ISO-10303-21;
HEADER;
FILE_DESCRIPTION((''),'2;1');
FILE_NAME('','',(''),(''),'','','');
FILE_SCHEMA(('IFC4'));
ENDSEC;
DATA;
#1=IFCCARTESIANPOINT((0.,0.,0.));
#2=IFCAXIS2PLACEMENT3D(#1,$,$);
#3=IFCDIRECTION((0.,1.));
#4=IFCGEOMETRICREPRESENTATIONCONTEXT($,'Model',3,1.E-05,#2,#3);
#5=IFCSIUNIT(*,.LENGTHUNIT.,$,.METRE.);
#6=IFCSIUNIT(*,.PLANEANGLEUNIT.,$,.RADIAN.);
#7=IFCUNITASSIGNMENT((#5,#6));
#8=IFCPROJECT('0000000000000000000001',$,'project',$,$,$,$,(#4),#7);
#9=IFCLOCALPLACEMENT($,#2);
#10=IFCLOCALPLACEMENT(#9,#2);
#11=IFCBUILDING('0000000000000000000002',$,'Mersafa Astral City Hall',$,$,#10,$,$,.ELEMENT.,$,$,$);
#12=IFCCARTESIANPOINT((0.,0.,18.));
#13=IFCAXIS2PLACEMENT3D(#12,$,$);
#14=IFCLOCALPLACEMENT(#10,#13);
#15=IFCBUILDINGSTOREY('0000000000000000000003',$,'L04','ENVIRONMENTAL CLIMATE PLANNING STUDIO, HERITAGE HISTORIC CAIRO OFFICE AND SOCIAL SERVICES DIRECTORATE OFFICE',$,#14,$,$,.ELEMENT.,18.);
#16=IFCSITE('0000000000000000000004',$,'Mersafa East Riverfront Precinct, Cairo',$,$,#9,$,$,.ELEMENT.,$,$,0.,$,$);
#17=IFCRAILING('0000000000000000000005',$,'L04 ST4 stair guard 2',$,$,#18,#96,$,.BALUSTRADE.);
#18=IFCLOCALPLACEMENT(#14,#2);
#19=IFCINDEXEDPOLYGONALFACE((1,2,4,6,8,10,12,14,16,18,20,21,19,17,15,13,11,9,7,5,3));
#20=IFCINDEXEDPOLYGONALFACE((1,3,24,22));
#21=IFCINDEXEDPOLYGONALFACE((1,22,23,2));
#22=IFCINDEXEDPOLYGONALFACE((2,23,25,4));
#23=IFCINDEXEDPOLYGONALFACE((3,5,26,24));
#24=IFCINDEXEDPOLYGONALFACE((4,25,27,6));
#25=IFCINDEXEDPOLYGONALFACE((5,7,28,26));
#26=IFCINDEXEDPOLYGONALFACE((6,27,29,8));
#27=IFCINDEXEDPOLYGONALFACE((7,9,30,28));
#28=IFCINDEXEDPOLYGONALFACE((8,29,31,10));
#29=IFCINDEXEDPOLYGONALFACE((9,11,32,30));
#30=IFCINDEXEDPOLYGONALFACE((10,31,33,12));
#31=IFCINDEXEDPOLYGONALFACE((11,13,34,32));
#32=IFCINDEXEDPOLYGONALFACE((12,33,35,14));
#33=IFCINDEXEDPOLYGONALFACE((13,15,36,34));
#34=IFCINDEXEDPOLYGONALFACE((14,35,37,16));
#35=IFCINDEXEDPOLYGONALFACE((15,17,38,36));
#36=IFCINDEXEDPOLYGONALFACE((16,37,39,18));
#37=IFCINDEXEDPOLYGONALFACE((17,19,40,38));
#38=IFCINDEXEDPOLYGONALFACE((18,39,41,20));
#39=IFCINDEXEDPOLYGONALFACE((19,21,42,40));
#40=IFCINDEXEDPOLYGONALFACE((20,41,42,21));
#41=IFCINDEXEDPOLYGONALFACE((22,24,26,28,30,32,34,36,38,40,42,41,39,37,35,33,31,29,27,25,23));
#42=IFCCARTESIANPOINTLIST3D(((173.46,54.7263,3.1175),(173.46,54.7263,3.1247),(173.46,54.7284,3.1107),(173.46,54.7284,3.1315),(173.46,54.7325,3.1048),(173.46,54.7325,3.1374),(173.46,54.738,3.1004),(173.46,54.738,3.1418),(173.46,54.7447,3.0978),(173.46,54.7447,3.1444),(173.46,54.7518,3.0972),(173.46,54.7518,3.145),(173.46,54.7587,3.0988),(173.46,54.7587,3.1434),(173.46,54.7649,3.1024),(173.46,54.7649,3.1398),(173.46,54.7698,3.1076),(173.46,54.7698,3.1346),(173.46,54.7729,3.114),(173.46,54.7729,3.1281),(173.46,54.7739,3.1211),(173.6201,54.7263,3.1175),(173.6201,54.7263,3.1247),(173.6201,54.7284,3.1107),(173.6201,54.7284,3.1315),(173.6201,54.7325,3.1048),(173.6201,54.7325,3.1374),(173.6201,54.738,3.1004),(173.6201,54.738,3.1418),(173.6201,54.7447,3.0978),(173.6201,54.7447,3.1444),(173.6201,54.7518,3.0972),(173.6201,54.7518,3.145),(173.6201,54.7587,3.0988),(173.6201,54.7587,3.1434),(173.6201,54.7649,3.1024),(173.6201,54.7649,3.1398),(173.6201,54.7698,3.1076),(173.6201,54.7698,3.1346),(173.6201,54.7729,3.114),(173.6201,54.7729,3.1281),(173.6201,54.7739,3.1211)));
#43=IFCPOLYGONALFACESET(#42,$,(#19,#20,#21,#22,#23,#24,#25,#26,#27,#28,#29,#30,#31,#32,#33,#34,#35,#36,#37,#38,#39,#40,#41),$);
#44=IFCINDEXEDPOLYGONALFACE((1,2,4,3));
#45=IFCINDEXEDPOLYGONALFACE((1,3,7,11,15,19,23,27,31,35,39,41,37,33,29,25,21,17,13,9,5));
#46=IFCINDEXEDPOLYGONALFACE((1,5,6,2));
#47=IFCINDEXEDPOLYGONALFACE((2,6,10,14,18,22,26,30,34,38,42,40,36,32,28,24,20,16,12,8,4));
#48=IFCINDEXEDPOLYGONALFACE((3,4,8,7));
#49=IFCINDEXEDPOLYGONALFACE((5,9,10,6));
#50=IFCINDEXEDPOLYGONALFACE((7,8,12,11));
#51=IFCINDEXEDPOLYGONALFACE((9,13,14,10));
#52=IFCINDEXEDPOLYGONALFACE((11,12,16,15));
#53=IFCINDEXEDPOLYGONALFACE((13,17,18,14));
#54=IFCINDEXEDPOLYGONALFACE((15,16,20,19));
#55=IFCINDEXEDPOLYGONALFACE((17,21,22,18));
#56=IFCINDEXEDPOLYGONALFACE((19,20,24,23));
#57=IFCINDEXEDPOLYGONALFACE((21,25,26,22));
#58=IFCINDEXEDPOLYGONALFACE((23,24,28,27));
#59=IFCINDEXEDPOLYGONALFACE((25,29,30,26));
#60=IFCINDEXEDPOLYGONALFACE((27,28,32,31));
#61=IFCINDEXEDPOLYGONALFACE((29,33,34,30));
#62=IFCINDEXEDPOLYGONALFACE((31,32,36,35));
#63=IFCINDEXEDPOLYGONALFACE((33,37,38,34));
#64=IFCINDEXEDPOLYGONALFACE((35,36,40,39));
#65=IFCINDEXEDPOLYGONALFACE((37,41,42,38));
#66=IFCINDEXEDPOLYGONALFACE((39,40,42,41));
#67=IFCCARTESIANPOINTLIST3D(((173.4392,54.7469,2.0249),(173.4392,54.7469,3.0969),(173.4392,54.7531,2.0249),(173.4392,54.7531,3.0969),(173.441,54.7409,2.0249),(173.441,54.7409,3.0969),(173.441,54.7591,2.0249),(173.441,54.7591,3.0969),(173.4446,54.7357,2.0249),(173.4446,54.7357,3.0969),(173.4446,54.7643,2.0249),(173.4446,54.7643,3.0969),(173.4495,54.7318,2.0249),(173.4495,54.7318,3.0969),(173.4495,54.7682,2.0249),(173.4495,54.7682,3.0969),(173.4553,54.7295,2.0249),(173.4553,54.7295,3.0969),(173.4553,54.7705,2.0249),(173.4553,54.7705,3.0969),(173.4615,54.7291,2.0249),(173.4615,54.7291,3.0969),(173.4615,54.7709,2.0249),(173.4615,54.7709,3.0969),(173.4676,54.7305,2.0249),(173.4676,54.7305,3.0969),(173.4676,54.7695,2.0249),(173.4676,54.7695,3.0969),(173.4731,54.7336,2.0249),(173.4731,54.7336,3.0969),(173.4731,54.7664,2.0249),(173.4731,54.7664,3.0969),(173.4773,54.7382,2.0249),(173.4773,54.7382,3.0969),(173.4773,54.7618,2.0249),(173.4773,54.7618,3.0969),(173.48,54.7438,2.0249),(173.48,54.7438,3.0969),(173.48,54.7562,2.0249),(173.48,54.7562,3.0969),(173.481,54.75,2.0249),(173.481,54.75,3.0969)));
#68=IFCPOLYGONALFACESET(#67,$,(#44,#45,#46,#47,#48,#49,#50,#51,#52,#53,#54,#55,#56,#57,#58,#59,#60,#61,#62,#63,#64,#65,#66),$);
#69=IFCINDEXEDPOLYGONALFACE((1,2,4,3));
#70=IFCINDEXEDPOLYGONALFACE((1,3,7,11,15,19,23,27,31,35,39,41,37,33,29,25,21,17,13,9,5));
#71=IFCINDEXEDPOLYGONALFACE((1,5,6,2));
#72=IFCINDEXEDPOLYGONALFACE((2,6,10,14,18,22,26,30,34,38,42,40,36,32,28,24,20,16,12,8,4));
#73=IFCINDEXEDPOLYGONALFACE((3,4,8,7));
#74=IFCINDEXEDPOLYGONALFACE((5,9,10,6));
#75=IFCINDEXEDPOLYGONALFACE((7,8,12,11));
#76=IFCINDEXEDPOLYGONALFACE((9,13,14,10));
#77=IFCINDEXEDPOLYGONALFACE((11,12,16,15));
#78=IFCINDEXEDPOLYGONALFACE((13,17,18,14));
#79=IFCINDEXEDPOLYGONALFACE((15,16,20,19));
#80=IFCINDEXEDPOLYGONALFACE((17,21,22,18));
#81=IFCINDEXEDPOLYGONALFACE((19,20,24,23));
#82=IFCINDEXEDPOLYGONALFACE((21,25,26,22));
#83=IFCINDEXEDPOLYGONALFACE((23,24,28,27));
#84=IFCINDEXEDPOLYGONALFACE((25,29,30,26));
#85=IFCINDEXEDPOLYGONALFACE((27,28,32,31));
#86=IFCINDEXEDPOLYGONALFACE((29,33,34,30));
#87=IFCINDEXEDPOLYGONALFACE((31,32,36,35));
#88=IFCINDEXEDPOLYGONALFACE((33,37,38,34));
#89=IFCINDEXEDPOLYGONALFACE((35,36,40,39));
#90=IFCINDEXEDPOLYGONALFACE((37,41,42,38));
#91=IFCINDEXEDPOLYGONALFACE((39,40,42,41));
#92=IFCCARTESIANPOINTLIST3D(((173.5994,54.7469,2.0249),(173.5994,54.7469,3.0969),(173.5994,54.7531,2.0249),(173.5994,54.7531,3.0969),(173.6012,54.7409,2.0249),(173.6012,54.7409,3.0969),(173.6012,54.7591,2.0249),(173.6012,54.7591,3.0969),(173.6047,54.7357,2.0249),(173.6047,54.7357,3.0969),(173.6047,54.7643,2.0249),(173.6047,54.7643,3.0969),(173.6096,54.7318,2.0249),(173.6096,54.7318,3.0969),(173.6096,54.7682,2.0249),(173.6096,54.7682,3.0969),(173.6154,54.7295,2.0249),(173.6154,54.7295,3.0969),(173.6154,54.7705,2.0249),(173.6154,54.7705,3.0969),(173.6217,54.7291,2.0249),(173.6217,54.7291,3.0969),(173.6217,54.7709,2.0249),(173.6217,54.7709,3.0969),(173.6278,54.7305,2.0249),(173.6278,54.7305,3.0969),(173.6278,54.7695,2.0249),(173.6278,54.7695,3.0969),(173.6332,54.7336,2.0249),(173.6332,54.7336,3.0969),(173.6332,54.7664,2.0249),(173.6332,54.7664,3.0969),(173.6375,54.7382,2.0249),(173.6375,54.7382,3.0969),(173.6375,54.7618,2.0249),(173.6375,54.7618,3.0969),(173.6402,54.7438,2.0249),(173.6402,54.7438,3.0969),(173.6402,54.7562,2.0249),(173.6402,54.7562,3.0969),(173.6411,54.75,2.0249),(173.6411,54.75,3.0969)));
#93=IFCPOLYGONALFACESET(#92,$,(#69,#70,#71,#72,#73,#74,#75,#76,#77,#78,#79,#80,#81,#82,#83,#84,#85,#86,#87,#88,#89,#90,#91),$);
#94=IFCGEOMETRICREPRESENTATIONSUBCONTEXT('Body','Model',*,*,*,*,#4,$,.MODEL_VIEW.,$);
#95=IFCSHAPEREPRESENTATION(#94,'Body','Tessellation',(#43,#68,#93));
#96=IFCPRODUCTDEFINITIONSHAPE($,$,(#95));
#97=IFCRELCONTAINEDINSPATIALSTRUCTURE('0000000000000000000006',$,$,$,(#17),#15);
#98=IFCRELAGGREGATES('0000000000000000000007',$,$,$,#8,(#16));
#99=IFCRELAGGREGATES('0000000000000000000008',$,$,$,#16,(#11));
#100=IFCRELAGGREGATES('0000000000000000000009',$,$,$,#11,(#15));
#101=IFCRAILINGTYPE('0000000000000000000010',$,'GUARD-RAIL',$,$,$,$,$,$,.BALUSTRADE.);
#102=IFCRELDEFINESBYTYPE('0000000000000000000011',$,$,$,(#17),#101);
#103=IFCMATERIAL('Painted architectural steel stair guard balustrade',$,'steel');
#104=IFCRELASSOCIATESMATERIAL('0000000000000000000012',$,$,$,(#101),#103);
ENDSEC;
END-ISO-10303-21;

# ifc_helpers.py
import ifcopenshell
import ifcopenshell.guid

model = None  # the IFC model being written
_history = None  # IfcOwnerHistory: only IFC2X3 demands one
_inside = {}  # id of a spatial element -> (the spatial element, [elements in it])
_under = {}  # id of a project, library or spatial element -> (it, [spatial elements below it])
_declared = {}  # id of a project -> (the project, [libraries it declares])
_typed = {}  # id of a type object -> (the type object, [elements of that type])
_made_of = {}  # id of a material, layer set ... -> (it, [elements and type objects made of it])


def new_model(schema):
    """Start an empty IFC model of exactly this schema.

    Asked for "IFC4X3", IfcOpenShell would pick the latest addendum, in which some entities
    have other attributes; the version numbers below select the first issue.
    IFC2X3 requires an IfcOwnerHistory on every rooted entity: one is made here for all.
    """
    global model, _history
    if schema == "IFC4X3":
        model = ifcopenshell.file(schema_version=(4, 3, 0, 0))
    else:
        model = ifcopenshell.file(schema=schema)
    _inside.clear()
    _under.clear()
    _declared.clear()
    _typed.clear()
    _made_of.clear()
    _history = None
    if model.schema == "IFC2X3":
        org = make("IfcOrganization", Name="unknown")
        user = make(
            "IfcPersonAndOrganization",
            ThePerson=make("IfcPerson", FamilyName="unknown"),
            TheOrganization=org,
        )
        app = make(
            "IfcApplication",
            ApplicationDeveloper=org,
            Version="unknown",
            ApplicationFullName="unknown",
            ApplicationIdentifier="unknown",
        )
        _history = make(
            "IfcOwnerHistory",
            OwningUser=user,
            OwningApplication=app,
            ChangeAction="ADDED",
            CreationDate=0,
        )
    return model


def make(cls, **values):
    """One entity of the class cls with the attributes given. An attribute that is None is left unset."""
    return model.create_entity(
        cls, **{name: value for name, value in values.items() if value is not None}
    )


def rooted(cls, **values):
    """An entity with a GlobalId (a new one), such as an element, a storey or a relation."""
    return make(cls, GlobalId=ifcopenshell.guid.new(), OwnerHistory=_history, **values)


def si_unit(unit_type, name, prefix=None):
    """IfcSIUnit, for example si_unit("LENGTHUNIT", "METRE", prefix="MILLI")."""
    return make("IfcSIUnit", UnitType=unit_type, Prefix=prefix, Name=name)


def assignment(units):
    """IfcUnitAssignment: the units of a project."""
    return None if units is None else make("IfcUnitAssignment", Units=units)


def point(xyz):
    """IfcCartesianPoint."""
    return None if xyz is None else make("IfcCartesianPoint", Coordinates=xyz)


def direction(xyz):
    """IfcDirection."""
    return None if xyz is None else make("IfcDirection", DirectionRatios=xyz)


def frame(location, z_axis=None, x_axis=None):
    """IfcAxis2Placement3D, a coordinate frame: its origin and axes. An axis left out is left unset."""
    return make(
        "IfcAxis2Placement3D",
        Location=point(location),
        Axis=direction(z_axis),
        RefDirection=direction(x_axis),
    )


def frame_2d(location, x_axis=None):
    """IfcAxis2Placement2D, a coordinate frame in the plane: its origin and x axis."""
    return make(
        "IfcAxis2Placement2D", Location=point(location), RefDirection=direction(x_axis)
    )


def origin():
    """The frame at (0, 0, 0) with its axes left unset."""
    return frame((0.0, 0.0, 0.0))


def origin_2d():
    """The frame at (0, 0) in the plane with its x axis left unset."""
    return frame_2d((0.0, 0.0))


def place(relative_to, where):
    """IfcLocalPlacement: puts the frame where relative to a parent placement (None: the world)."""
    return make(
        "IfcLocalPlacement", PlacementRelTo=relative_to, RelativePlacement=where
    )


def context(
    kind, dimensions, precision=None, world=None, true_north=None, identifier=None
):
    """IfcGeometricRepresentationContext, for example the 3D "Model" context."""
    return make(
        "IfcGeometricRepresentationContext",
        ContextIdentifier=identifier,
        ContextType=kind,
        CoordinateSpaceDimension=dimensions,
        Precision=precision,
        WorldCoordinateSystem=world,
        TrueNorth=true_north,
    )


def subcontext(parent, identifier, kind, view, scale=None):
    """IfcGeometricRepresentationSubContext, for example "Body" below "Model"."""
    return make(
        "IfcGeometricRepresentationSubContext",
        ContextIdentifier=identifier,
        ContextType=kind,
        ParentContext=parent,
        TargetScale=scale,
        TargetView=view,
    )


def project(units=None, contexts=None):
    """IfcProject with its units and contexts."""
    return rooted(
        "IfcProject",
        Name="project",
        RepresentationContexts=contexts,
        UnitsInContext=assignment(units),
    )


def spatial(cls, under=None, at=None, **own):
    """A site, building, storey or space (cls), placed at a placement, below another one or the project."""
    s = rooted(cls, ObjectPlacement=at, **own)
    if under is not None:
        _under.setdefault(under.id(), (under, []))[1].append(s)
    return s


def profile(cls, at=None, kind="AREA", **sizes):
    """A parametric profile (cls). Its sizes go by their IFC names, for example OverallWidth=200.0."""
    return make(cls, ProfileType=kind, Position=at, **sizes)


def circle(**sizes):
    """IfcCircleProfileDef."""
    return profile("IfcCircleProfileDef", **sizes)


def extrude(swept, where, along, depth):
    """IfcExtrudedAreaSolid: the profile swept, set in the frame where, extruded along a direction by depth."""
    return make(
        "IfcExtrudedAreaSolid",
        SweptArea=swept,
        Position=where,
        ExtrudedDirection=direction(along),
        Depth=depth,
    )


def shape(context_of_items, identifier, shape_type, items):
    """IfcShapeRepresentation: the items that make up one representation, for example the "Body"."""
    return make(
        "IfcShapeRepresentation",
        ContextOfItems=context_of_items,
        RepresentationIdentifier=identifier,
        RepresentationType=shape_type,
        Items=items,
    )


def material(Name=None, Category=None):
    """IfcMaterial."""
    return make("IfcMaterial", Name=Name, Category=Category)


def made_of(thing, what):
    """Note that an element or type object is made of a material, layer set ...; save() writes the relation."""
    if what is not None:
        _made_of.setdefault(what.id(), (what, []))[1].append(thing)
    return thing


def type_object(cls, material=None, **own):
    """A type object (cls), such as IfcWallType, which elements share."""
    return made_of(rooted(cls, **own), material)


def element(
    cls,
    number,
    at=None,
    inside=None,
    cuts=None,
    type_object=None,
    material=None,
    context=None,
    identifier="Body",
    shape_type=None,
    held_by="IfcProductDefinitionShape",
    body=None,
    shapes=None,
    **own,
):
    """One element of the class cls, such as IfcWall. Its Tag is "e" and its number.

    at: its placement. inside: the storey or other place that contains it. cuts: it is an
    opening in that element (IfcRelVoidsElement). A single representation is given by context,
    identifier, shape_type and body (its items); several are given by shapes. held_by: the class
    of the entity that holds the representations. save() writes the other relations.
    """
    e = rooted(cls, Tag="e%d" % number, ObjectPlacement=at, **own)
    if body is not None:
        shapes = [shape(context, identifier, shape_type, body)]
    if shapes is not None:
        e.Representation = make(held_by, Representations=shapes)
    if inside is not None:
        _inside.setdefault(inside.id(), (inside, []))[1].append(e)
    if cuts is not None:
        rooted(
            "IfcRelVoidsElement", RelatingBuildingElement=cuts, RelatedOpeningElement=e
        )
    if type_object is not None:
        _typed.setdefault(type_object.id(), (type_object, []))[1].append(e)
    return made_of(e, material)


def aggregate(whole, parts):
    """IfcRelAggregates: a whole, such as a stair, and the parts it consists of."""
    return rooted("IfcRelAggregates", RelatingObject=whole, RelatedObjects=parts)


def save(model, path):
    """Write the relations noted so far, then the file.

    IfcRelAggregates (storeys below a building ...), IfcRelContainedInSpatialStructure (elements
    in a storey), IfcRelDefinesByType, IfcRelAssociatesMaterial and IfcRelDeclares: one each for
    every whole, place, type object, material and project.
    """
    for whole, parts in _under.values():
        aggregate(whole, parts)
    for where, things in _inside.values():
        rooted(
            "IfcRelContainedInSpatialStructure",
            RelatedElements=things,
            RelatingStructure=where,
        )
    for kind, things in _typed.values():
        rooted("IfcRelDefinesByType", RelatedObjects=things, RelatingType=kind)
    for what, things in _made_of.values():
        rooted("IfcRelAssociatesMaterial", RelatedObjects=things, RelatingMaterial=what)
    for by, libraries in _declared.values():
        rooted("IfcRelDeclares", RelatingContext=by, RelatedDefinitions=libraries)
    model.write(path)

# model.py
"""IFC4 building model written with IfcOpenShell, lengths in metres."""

from ifc_helpers import new_model, si_unit, direction, frame, origin, origin_2d, place, context, subcontext, project, spatial, circle, extrude, material, type_object, element, save


model = new_model("IFC4")

# Units and contexts
model_context = context("Model", 3, precision=1e-05, world=origin(), true_north=direction((0.0, 1.0)))
body_context = subcontext(model_context, "Body", "Model", "MODEL_VIEW")
ifc_project = project(units=[si_unit("LENGTHUNIT", "METRE"), si_unit("PLANEANGLEUNIT", "RADIAN")], contexts=[model_context])

# Site, building, storey
site_placement = place(None, origin())
site = spatial("IfcSite", under=ifc_project, at=site_placement, Name="Mersafa East Riverfront Precinct, Cairo", CompositionType="ELEMENT", RefElevation=0.0)
building_placement = place(site_placement, origin())
building = spatial("IfcBuilding", under=site, at=building_placement, Name="Mersafa Astral City Hall", CompositionType="ELEMENT")
storey_placement = place(building_placement, frame((0.0, 0.0, 18.0)))
storey = spatial("IfcBuildingStorey", under=building, at=storey_placement, Name="L04", Description="ENVIRONMENTAL CLIMATE PLANNING STUDIO, HERITAGE HISTORIC CAIRO OFFICE AND SOCIAL SERVICES DIRECTORATE OFFICE", CompositionType="ELEMENT", Elevation=18.0)

# Railing
ifc_material_1 = material(Name="Painted architectural steel stair guard balustrade", Category="steel")
railing_type_1 = type_object("IfcRailingType", Name="GUARD-RAIL", PredefinedType="BALUSTRADE", material=ifc_material_1)
railing_1_placement = place(storey_placement, frame((173.46, 54.75, 2.0249)))
element("IfcRailing", 1, at=railing_1_placement, inside=storey, type_object=railing_type_1, Name="L04 ST4 stair guard 2", PredefinedType="BALUSTRADE", context=body_context, shape_type="SweptSolid", body=[
    extrude(circle(Radius=0.0239, at=origin_2d()), frame((0.0, 0.0, 1.0962), z_axis=(1.0, 0.0, 0.0), x_axis=(0.0, 1.0, 0.0)), (0.0, 0.0, 1.0), 0.1602),
    extrude(circle(Radius=0.021, at=origin_2d()), origin(), (0.0, 0.0, 1.0), 1.072),
    extrude(circle(Radius=0.021, at=origin_2d()), frame((0.1602, 0.0, 0.0)), (0.0, 0.0, 1.0), 1.072),
])

save(model, "model.ifc")
